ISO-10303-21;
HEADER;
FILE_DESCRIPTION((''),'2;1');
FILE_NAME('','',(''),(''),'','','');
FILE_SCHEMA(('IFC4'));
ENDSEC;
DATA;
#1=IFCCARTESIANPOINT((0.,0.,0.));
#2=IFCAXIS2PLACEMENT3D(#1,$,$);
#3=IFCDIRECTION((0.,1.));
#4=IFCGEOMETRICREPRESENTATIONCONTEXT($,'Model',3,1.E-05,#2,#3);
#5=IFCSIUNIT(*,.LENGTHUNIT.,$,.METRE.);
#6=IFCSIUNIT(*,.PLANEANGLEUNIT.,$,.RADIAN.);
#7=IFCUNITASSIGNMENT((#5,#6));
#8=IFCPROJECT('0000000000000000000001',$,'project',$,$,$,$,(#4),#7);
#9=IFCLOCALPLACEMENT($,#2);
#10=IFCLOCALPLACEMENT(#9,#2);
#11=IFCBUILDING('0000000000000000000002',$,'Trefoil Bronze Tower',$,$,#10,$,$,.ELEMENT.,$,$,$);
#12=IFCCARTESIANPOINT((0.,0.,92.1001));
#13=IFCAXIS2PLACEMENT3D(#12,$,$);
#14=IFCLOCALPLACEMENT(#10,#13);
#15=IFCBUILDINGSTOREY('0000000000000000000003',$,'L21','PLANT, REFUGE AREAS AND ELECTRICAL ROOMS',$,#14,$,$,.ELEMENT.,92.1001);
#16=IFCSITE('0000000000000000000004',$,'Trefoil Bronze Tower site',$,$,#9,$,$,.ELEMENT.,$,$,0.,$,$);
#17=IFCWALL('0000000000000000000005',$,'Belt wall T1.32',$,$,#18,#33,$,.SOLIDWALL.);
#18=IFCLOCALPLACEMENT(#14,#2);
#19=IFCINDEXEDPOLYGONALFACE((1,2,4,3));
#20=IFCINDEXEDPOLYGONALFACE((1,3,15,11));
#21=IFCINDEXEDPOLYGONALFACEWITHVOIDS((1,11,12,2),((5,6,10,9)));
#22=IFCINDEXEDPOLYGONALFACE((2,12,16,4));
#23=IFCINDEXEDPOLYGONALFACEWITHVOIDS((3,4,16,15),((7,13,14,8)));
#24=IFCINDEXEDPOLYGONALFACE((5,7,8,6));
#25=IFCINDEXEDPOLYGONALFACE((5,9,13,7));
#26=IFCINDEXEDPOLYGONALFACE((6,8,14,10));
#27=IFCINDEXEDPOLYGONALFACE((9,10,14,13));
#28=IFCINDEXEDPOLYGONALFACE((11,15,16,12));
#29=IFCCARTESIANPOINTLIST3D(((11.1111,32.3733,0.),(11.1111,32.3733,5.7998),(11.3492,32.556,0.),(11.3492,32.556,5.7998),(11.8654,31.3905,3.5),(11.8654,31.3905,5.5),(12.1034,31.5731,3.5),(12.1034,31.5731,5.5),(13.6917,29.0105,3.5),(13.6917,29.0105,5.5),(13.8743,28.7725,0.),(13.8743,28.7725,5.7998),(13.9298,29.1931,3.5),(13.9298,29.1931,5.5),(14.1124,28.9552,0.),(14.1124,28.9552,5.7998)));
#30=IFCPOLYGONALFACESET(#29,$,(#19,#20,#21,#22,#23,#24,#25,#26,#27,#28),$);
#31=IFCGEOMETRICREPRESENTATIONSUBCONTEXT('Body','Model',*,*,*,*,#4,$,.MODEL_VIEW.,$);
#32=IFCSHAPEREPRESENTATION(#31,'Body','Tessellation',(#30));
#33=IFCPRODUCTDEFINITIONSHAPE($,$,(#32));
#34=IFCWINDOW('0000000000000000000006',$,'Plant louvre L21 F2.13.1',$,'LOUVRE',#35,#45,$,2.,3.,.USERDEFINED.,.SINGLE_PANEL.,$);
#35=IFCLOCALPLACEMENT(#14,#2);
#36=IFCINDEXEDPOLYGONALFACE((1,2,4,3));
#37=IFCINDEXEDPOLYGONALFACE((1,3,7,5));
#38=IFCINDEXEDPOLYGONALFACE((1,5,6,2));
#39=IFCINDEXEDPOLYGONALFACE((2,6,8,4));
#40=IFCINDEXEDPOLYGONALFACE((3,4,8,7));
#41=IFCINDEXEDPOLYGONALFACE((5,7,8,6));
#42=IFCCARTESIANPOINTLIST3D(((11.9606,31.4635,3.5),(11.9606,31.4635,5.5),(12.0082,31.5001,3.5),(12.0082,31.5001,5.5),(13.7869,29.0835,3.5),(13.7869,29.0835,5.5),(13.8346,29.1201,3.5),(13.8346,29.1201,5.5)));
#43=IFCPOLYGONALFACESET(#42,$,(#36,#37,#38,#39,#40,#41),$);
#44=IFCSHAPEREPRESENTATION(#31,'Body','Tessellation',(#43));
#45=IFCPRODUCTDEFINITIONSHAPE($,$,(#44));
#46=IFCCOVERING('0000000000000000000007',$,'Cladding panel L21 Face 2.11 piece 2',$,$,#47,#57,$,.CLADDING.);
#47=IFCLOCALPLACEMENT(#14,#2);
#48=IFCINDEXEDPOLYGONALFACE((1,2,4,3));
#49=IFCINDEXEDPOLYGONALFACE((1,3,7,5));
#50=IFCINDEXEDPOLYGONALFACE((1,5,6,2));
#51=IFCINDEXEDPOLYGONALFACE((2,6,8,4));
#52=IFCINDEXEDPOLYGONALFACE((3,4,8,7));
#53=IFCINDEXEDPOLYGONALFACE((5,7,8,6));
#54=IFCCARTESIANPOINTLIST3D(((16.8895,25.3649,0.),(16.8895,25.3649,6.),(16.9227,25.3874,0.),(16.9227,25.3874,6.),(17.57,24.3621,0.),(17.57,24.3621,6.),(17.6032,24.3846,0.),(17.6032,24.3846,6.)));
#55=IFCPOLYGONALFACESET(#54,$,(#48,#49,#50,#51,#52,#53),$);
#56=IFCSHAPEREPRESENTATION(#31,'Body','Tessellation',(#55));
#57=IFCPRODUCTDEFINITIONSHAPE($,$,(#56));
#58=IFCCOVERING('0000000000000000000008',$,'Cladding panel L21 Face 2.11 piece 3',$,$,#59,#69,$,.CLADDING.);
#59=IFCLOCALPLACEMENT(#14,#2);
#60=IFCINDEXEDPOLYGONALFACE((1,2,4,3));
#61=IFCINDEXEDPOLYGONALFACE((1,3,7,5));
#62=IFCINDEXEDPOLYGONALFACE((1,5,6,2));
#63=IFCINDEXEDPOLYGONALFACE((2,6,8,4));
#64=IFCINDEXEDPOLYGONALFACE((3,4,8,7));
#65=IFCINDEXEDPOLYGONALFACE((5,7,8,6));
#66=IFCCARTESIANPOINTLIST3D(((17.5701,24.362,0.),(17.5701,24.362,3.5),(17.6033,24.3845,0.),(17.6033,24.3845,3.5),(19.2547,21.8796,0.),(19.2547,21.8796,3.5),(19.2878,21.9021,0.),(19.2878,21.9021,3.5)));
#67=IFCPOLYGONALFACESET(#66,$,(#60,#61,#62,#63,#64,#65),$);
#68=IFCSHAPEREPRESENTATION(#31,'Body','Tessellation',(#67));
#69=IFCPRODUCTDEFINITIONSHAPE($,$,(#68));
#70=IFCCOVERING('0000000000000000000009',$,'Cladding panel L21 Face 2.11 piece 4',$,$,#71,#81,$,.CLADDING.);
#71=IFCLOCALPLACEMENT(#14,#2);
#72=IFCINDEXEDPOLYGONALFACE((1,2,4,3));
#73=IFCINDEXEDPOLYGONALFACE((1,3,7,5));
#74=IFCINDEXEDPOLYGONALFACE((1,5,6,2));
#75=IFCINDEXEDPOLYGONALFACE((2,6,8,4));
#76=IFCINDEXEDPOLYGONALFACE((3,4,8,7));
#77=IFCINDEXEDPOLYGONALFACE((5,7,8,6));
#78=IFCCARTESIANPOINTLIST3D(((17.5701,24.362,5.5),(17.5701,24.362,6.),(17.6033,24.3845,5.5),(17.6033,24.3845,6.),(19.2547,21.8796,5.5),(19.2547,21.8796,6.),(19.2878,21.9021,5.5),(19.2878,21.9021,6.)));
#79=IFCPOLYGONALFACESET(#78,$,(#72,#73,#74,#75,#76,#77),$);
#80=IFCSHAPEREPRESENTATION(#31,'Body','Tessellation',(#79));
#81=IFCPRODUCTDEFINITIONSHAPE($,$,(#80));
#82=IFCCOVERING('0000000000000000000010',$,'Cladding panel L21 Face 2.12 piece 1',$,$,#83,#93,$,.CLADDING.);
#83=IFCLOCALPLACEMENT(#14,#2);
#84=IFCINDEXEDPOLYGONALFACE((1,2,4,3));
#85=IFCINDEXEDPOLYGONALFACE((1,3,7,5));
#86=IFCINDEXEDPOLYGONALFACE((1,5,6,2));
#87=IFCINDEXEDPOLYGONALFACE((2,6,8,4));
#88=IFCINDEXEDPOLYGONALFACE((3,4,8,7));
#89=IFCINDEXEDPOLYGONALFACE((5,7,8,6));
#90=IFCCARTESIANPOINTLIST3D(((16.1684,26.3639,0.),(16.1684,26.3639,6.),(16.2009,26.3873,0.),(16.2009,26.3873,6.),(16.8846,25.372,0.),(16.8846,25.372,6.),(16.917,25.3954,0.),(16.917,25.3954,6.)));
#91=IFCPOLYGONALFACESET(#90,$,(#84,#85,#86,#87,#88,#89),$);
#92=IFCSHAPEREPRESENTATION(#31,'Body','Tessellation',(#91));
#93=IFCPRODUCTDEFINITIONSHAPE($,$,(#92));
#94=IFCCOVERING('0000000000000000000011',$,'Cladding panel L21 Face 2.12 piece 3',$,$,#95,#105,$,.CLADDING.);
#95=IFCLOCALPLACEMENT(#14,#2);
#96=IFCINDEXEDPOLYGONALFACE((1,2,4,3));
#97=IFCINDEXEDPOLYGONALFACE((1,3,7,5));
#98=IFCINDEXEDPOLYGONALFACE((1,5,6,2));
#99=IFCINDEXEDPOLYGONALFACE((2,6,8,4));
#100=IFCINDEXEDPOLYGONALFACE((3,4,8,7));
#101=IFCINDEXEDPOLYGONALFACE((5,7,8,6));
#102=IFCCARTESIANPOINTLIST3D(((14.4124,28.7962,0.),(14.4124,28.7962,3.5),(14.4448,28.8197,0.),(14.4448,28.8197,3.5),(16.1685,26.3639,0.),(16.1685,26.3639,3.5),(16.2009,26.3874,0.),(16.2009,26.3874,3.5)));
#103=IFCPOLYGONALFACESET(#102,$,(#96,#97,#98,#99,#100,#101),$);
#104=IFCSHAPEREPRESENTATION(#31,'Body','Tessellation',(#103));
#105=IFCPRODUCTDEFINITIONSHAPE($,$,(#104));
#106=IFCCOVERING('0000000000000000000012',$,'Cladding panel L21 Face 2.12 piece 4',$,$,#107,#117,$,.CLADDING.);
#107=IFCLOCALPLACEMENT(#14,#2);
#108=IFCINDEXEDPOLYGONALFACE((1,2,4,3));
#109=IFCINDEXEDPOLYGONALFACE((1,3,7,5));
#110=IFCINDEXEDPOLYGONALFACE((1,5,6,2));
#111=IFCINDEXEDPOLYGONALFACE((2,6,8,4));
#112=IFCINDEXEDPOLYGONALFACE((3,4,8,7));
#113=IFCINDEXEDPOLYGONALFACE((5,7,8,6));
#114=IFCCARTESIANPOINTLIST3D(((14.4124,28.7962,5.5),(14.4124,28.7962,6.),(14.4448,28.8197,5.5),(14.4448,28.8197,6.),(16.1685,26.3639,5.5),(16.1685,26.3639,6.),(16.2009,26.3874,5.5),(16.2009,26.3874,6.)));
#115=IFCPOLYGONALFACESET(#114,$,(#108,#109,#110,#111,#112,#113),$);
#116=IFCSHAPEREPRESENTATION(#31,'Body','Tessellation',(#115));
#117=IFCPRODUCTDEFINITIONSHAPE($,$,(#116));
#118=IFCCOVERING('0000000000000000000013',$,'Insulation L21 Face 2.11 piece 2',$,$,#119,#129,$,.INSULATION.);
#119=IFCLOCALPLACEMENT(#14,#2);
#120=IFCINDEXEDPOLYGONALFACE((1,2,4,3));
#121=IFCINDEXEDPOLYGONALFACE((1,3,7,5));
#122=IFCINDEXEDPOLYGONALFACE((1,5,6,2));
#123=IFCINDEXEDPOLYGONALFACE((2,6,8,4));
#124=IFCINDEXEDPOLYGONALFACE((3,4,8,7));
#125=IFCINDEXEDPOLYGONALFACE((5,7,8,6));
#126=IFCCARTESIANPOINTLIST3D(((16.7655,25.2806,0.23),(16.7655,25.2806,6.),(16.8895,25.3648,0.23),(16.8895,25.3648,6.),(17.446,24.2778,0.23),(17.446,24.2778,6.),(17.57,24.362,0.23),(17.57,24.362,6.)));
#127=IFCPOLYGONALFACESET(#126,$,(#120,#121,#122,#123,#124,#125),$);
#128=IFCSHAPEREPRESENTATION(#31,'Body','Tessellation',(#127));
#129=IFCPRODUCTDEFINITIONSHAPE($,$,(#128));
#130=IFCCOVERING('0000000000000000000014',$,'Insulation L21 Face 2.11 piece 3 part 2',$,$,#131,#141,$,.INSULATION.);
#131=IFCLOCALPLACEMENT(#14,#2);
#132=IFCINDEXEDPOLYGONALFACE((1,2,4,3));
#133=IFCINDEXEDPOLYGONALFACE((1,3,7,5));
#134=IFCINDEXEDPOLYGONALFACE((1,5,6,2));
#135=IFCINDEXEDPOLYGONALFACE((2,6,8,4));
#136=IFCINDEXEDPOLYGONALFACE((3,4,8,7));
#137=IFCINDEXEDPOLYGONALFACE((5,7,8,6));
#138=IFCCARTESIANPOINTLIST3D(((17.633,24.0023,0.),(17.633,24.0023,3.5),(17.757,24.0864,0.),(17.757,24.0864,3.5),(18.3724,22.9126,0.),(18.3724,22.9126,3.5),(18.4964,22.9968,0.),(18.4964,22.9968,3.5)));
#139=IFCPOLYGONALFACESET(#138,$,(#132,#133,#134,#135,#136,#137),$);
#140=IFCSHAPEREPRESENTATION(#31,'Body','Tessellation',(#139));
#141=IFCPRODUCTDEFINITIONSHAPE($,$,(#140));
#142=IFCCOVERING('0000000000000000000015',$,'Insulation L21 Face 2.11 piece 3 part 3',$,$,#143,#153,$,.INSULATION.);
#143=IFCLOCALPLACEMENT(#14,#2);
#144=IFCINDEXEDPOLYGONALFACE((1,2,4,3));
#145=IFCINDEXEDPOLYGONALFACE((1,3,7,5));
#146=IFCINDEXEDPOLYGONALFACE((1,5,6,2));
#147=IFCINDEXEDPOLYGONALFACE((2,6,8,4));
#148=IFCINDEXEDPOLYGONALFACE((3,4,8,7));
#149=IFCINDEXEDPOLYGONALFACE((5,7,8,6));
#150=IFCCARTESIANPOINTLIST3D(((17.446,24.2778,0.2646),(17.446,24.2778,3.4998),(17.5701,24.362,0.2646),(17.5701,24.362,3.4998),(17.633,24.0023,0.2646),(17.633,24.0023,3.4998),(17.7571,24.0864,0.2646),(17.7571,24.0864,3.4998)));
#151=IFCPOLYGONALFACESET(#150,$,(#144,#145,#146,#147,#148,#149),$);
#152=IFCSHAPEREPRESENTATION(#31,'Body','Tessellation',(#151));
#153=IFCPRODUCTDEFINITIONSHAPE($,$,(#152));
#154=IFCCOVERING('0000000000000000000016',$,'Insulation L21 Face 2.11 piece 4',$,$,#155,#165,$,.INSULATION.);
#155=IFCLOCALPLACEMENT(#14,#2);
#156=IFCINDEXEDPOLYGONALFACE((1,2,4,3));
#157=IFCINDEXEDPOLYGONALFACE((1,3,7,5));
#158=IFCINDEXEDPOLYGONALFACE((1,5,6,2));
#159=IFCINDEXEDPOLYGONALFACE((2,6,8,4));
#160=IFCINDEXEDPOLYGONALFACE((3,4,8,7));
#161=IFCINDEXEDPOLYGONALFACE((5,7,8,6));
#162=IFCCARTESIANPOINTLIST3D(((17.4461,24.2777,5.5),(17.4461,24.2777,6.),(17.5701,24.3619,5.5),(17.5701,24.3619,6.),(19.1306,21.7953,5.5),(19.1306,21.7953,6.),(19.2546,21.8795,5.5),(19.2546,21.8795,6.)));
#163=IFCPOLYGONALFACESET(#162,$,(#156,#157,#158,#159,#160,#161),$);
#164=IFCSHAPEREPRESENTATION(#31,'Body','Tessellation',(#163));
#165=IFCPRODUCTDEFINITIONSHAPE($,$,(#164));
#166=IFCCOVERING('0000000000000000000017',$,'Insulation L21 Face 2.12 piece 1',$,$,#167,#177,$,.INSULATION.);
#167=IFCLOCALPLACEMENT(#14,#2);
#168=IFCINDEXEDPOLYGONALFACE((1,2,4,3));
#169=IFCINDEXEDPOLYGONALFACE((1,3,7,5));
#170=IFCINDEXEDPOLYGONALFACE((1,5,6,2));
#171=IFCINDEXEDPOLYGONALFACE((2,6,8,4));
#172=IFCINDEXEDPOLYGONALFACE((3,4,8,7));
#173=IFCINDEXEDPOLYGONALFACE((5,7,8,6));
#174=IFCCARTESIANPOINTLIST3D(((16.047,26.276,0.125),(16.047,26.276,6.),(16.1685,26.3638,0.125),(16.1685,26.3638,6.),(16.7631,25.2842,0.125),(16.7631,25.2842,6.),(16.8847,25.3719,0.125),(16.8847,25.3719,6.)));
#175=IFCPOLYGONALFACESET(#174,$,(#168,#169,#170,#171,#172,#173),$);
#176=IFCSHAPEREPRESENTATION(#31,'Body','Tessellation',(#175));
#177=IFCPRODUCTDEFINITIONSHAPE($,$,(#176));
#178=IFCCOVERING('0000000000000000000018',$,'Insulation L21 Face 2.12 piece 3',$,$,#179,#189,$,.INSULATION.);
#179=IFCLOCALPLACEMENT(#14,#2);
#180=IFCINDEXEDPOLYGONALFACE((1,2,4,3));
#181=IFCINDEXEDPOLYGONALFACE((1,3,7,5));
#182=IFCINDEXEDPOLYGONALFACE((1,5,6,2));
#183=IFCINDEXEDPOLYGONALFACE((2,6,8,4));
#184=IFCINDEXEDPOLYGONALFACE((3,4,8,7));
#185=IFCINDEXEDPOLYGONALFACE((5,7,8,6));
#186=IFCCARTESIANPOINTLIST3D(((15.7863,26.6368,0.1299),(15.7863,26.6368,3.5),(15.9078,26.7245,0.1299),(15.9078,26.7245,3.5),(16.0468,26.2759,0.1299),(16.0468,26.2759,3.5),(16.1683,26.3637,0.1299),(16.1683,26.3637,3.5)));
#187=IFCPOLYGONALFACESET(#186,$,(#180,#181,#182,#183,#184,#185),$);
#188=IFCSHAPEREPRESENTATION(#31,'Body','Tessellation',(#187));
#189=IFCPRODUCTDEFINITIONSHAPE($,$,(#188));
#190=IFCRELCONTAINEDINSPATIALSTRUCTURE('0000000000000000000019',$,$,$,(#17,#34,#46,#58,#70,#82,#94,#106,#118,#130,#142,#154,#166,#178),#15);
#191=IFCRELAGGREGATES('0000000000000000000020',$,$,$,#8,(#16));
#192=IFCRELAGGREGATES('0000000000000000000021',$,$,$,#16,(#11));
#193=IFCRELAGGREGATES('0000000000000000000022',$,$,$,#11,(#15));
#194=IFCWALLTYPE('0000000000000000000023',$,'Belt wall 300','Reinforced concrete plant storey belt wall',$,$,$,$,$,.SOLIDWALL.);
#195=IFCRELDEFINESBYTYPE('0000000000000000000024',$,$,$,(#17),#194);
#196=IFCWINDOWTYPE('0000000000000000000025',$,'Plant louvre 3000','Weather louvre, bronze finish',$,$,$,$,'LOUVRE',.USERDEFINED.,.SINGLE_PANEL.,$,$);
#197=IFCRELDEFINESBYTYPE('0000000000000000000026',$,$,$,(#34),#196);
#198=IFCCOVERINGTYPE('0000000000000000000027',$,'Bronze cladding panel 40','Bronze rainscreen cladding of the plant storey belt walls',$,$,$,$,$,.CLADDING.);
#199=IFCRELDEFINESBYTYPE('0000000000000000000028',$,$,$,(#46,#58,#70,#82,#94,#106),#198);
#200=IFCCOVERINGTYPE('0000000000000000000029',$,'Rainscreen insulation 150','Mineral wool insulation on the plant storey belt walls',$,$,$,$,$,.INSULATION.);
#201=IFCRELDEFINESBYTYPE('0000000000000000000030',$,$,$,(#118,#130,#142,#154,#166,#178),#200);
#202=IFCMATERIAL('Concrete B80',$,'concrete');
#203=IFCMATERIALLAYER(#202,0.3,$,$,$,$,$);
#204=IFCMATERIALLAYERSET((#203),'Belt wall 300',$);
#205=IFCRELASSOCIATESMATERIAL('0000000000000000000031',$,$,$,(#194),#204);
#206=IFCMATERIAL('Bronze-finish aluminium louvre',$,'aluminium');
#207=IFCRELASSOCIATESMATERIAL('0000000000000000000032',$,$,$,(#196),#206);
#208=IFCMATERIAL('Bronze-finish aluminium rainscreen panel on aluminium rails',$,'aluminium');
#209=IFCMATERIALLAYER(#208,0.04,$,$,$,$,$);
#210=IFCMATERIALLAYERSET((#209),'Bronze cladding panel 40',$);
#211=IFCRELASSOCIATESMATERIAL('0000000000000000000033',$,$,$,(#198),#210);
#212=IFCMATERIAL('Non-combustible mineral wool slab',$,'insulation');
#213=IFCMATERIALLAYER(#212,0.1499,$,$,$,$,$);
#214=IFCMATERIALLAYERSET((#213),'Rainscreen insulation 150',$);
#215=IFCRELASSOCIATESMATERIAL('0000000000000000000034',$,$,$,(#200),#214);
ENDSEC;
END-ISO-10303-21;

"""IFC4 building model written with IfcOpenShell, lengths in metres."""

from ifc_helpers import new_model, si_unit, direction, frame, frame_2d, origin, origin_2d, place, context, subcontext, project, spatial, rectangle, extrude, material, layer, layer_set, type_object, element, fill, save


model = new_model("IFC4")

# Units and contexts
model_context = context("Model", 3, precision=1e-05, world=origin(), true_north=direction((0.0, 1.0)))
body_context = subcontext(model_context, "Body", "Model", "MODEL_VIEW")
ifc_project = project(units=[si_unit("LENGTHUNIT", "METRE"), si_unit("PLANEANGLEUNIT", "RADIAN")], contexts=[model_context])

# Site, building, storey
site_placement = place(None, origin())
site = spatial("IfcSite", under=ifc_project, at=site_placement, Name="Trefoil Bronze Tower site", CompositionType="ELEMENT", RefElevation=0.0)
building_placement = place(site_placement, origin())
building = spatial("IfcBuilding", under=site, at=building_placement, Name="Trefoil Bronze Tower", CompositionType="ELEMENT")
storey_placement = place(building_placement, frame((0.0, 0.0, 92.1001)))
storey = spatial("IfcBuildingStorey", under=building, at=storey_placement, Name="L21", Description="PLANT, REFUGE AREAS AND ELECTRICAL ROOMS", CompositionType="ELEMENT", Elevation=92.1001)

# Wall, opening, window
ifc_material_1 = material(Name="Concrete B80", Category="concrete")
ifc_layer_1 = layer(ifc_material_1, 0.3)
ifc_layer_set_1 = layer_set([ifc_layer_1], Name="Belt wall 300")
wall_type = type_object("IfcWallType", Name="Belt wall 300", Description="Reinforced concrete plant storey belt wall", PredefinedType="SOLIDWALL", material=ifc_layer_set_1)
ifc_material_2 = material(Name="Bronze-finish aluminium louvre", Category="aluminium")
window_type = type_object("IfcWindowType", Name="Plant louvre 3000", Description="Weather louvre, bronze finish", ElementType="LOUVRE", PartitioningType="SINGLE_PANEL", PredefinedType="USERDEFINED", material=ifc_material_2)
wall_1_placement = place(storey_placement, frame((13.9934, 28.8638, 0.0), z_axis=(0.0, 0.0, 1.0), x_axis=(-0.608785, 0.793335, 0.0)))
wall_1 = element("IfcWall", 1, at=wall_1_placement, inside=storey, type_object=wall_type, Name="Belt wall T1.32", PredefinedType="SOLIDWALL", context=body_context, shape_type="SweptSolid", body=[
    extrude(rectangle(XDim=4.5388, YDim=0.3, at=frame_2d((2.2695, 0.0))), origin(), (0.0, 0.0, 1.0), 5.7998),
])
opening_1_placement = place(wall_1_placement, frame((0.3, 0.0, 3.5)))
opening_1 = element("IfcOpeningElement", 2, at=opening_1_placement, cuts=wall_1, PredefinedType="OPENING", context=body_context, shape_type="SweptSolid", body=[
    extrude(rectangle(XDim=3.0, YDim=2.0, at=frame_2d((1.5, 1.0))), frame((0.0, 0.1599, 0.0), z_axis=(0.0, -1.0, 0.0), x_axis=(1.0, 0.0, 0.0)), (0.0, 0.0, 1.0), 0.3201),
])
window_1_placement = place(opening_1_placement, origin())
window_1 = element("IfcWindow", 3, at=window_1_placement, inside=storey, type_object=window_type, Name="Plant louvre L21 F2.13.1", ObjectType="LOUVRE", OverallHeight=2.0, OverallWidth=3.0, PartitioningType="SINGLE_PANEL", PredefinedType="USERDEFINED", context=body_context, shape_type="SweptSolid", body=[
    extrude(rectangle(XDim=3.0, YDim=2.0, at=frame_2d((1.5, 1.0))), frame((0.0, 0.03, 0.0), z_axis=(0.0, -1.0, 0.0), x_axis=(1.0, 0.0, 0.0)), (0.0, 0.0, 1.0), 0.0601),
])
fill(opening_1, window_1)

# Coverings
ifc_material_3 = material(Name="Bronze-finish aluminium rainscreen panel on aluminium rails", Category="aluminium")
ifc_layer_2 = layer(ifc_material_3, 0.04)
ifc_layer_set_2 = layer_set([ifc_layer_2], Name="Bronze cladding panel 40")
covering_type_1 = type_object("IfcCoveringType", Name="Bronze cladding panel 40", Description="Bronze rainscreen cladding of the plant storey belt walls", PredefinedType="CLADDING", material=ifc_layer_set_2)
covering_1_placement = place(storey_placement, frame((17.2463, 24.8748, 0.0), z_axis=(0.0, 0.0, 1.0), x_axis=(-0.56151, 0.82747, 0.0)))
element("IfcCovering", 4, at=covering_1_placement, inside=storey, type_object=covering_type_1, Name="Cladding panel L21 Face 2.11 piece 2", PredefinedType="CLADDING", context=body_context, shape_type="SweptSolid", body=[
    extrude(rectangle(XDim=1.2119, YDim=0.04, at=origin_2d()), origin(), (0.0, 0.0, 1.0), 6.0),
])
covering_2_placement = place(storey_placement, frame((18.429, 23.1321, 0.0), z_axis=(0.0, 0.0, 1.0), x_axis=(-0.56151, 0.82747, 0.0)))
element("IfcCovering", 5, at=covering_2_placement, inside=storey, type_object=covering_type_1, Name="Cladding panel L21 Face 2.11 piece 3", PredefinedType="CLADDING", context=body_context, shape_type="SweptSolid", body=[
    extrude(rectangle(XDim=3.0, YDim=0.04, at=origin_2d()), origin(), (0.0, 0.0, 1.0), 3.5),
])
covering_3_placement = place(storey_placement, frame((18.429, 23.1321, 5.5), z_axis=(0.0, 0.0, 1.0), x_axis=(-0.56151, 0.82747, 0.0)))
element("IfcCovering", 6, at=covering_3_placement, inside=storey, type_object=covering_type_1, Name="Cladding panel L21 Face 2.11 piece 4", PredefinedType="CLADDING", context=body_context, shape_type="SweptSolid", body=[
    extrude(rectangle(XDim=3.0, YDim=0.04, at=origin_2d()), origin(), (0.0, 0.0, 1.0), 0.5),
])
covering_4_placement = place(storey_placement, frame((16.5427, 25.8796, 0.0), z_axis=(0.0, 0.0, 1.0), x_axis=(-0.585373, 0.810764, 0.0)))
element("IfcCovering", 7, at=covering_4_placement, inside=storey, type_object=covering_type_1, Name="Cladding panel L21 Face 2.12 piece 1", PredefinedType="CLADDING", context=body_context, shape_type="SweptSolid", body=[
    extrude(rectangle(XDim=1.2234, YDim=0.04, at=origin_2d()), origin(), (0.0, 0.0, 1.0), 6.0),
])
covering_5_placement = place(storey_placement, frame((15.3066, 27.5918, 0.0), z_axis=(0.0, 0.0, 1.0), x_axis=(-0.585373, 0.810764, 0.0)))
element("IfcCovering", 8, at=covering_5_placement, inside=storey, type_object=covering_type_1, Name="Cladding panel L21 Face 2.12 piece 3", PredefinedType="CLADDING", context=body_context, shape_type="SweptSolid", body=[
    extrude(rectangle(XDim=3.0, YDim=0.04, at=origin_2d()), origin(), (0.0, 0.0, 1.0), 3.5),
])
covering_6_placement = place(storey_placement, frame((15.3066, 27.5918, 5.5), z_axis=(0.0, 0.0, 1.0), x_axis=(-0.585373, 0.810764, 0.0)))
element("IfcCovering", 9, at=covering_6_placement, inside=storey, type_object=covering_type_1, Name="Cladding panel L21 Face 2.12 piece 4", PredefinedType="CLADDING", context=body_context, shape_type="SweptSolid", body=[
    extrude(rectangle(XDim=3.0, YDim=0.04, at=origin_2d()), origin(), (0.0, 0.0, 1.0), 0.5),
])
ifc_material_4 = material(Name="Non-combustible mineral wool slab", Category="insulation")
ifc_layer_3 = layer(ifc_material_4, 0.1499)
ifc_layer_set_3 = layer_set([ifc_layer_3], Name="Rainscreen insulation 150")
covering_type_2 = type_object("IfcCoveringType", Name="Rainscreen insulation 150", Description="Mineral wool insulation on the plant storey belt walls", PredefinedType="INSULATION", material=ifc_layer_set_3)
covering_7_placement = place(storey_placement, frame((17.1677, 24.8213, 0.23), z_axis=(0.0, 0.0, 1.0), x_axis=(-0.56151, 0.82747, 0.0)))
element("IfcCovering", 10, at=covering_7_placement, inside=storey, type_object=covering_type_2, Name="Insulation L21 Face 2.11 piece 2", PredefinedType="INSULATION", context=body_context, shape_type="SweptSolid", body=[
    extrude(rectangle(XDim=1.2119, YDim=0.1499, at=origin_2d()), origin(), (0.0, 0.0, 1.0), 5.77),
])
covering_8_placement = place(storey_placement, frame((18.0647, 23.4995, 0.0), z_axis=(0.0, 0.0, 1.0), x_axis=(-0.56151, 0.82747, 0.0)))
element("IfcCovering", 11, at=covering_8_placement, inside=storey, type_object=covering_type_2, Name="Insulation L21 Face 2.11 piece 3 part 2", PredefinedType="INSULATION", context=body_context, shape_type="SweptSolid", body=[
    extrude(rectangle(XDim=1.3169, YDim=0.1499, at=origin_2d()), origin(), (0.0, 0.0, 1.0), 3.5),
])
covering_9_placement = place(storey_placement, frame((17.6016, 24.1821, 0.2646), z_axis=(0.0, 0.0, 1.0), x_axis=(-0.56151, 0.82747, 0.0)))
element("IfcCovering", 12, at=covering_9_placement, inside=storey, type_object=covering_type_2, Name="Insulation L21 Face 2.11 piece 3 part 3", PredefinedType="INSULATION", context=body_context, shape_type="SweptSolid", body=[
    extrude(rectangle(XDim=0.333, YDim=0.1499, at=origin_2d()), origin(), (0.0, 0.0, 1.0), 3.2351),
])
covering_10_placement = place(storey_placement, frame((18.3503, 23.0786, 5.5), z_axis=(0.0, 0.0, 1.0), x_axis=(-0.56151, 0.82747, 0.0)))
element("IfcCovering", 13, at=covering_10_placement, inside=storey, type_object=covering_type_2, Name="Insulation L21 Face 2.11 piece 4", PredefinedType="INSULATION", context=body_context, shape_type="SweptSolid", body=[
    extrude(rectangle(XDim=3.0, YDim=0.1499, at=origin_2d()), origin(), (0.0, 0.0, 1.0), 0.5),
])
covering_11_placement = place(storey_placement, frame((16.4658, 25.824, 0.125), z_axis=(0.0, 0.0, 1.0), x_axis=(-0.585373, 0.810764, 0.0)))
element("IfcCovering", 14, at=covering_11_placement, inside=storey, type_object=covering_type_2, Name="Insulation L21 Face 2.12 piece 1", PredefinedType="INSULATION", context=body_context, shape_type="SweptSolid", body=[
    extrude(rectangle(XDim=1.2234, YDim=0.1499, at=origin_2d()), origin(), (0.0, 0.0, 1.0), 5.875),
])
covering_12_placement = place(storey_placement, frame((15.9773, 26.5002, 0.1299), z_axis=(0.0, 0.0, 1.0), x_axis=(-0.585373, 0.810764, 0.0)))
element("IfcCovering", 15, at=covering_12_placement, inside=storey, type_object=covering_type_2, Name="Insulation L21 Face 2.12 piece 3", PredefinedType="INSULATION", context=body_context, shape_type="SweptSolid", body=[
    extrude(rectangle(XDim=0.4451, YDim=0.1499, at=origin_2d()), origin(), (0.0, 0.0, 1.0), 3.3701),
])

save(model, "model.ifc")
